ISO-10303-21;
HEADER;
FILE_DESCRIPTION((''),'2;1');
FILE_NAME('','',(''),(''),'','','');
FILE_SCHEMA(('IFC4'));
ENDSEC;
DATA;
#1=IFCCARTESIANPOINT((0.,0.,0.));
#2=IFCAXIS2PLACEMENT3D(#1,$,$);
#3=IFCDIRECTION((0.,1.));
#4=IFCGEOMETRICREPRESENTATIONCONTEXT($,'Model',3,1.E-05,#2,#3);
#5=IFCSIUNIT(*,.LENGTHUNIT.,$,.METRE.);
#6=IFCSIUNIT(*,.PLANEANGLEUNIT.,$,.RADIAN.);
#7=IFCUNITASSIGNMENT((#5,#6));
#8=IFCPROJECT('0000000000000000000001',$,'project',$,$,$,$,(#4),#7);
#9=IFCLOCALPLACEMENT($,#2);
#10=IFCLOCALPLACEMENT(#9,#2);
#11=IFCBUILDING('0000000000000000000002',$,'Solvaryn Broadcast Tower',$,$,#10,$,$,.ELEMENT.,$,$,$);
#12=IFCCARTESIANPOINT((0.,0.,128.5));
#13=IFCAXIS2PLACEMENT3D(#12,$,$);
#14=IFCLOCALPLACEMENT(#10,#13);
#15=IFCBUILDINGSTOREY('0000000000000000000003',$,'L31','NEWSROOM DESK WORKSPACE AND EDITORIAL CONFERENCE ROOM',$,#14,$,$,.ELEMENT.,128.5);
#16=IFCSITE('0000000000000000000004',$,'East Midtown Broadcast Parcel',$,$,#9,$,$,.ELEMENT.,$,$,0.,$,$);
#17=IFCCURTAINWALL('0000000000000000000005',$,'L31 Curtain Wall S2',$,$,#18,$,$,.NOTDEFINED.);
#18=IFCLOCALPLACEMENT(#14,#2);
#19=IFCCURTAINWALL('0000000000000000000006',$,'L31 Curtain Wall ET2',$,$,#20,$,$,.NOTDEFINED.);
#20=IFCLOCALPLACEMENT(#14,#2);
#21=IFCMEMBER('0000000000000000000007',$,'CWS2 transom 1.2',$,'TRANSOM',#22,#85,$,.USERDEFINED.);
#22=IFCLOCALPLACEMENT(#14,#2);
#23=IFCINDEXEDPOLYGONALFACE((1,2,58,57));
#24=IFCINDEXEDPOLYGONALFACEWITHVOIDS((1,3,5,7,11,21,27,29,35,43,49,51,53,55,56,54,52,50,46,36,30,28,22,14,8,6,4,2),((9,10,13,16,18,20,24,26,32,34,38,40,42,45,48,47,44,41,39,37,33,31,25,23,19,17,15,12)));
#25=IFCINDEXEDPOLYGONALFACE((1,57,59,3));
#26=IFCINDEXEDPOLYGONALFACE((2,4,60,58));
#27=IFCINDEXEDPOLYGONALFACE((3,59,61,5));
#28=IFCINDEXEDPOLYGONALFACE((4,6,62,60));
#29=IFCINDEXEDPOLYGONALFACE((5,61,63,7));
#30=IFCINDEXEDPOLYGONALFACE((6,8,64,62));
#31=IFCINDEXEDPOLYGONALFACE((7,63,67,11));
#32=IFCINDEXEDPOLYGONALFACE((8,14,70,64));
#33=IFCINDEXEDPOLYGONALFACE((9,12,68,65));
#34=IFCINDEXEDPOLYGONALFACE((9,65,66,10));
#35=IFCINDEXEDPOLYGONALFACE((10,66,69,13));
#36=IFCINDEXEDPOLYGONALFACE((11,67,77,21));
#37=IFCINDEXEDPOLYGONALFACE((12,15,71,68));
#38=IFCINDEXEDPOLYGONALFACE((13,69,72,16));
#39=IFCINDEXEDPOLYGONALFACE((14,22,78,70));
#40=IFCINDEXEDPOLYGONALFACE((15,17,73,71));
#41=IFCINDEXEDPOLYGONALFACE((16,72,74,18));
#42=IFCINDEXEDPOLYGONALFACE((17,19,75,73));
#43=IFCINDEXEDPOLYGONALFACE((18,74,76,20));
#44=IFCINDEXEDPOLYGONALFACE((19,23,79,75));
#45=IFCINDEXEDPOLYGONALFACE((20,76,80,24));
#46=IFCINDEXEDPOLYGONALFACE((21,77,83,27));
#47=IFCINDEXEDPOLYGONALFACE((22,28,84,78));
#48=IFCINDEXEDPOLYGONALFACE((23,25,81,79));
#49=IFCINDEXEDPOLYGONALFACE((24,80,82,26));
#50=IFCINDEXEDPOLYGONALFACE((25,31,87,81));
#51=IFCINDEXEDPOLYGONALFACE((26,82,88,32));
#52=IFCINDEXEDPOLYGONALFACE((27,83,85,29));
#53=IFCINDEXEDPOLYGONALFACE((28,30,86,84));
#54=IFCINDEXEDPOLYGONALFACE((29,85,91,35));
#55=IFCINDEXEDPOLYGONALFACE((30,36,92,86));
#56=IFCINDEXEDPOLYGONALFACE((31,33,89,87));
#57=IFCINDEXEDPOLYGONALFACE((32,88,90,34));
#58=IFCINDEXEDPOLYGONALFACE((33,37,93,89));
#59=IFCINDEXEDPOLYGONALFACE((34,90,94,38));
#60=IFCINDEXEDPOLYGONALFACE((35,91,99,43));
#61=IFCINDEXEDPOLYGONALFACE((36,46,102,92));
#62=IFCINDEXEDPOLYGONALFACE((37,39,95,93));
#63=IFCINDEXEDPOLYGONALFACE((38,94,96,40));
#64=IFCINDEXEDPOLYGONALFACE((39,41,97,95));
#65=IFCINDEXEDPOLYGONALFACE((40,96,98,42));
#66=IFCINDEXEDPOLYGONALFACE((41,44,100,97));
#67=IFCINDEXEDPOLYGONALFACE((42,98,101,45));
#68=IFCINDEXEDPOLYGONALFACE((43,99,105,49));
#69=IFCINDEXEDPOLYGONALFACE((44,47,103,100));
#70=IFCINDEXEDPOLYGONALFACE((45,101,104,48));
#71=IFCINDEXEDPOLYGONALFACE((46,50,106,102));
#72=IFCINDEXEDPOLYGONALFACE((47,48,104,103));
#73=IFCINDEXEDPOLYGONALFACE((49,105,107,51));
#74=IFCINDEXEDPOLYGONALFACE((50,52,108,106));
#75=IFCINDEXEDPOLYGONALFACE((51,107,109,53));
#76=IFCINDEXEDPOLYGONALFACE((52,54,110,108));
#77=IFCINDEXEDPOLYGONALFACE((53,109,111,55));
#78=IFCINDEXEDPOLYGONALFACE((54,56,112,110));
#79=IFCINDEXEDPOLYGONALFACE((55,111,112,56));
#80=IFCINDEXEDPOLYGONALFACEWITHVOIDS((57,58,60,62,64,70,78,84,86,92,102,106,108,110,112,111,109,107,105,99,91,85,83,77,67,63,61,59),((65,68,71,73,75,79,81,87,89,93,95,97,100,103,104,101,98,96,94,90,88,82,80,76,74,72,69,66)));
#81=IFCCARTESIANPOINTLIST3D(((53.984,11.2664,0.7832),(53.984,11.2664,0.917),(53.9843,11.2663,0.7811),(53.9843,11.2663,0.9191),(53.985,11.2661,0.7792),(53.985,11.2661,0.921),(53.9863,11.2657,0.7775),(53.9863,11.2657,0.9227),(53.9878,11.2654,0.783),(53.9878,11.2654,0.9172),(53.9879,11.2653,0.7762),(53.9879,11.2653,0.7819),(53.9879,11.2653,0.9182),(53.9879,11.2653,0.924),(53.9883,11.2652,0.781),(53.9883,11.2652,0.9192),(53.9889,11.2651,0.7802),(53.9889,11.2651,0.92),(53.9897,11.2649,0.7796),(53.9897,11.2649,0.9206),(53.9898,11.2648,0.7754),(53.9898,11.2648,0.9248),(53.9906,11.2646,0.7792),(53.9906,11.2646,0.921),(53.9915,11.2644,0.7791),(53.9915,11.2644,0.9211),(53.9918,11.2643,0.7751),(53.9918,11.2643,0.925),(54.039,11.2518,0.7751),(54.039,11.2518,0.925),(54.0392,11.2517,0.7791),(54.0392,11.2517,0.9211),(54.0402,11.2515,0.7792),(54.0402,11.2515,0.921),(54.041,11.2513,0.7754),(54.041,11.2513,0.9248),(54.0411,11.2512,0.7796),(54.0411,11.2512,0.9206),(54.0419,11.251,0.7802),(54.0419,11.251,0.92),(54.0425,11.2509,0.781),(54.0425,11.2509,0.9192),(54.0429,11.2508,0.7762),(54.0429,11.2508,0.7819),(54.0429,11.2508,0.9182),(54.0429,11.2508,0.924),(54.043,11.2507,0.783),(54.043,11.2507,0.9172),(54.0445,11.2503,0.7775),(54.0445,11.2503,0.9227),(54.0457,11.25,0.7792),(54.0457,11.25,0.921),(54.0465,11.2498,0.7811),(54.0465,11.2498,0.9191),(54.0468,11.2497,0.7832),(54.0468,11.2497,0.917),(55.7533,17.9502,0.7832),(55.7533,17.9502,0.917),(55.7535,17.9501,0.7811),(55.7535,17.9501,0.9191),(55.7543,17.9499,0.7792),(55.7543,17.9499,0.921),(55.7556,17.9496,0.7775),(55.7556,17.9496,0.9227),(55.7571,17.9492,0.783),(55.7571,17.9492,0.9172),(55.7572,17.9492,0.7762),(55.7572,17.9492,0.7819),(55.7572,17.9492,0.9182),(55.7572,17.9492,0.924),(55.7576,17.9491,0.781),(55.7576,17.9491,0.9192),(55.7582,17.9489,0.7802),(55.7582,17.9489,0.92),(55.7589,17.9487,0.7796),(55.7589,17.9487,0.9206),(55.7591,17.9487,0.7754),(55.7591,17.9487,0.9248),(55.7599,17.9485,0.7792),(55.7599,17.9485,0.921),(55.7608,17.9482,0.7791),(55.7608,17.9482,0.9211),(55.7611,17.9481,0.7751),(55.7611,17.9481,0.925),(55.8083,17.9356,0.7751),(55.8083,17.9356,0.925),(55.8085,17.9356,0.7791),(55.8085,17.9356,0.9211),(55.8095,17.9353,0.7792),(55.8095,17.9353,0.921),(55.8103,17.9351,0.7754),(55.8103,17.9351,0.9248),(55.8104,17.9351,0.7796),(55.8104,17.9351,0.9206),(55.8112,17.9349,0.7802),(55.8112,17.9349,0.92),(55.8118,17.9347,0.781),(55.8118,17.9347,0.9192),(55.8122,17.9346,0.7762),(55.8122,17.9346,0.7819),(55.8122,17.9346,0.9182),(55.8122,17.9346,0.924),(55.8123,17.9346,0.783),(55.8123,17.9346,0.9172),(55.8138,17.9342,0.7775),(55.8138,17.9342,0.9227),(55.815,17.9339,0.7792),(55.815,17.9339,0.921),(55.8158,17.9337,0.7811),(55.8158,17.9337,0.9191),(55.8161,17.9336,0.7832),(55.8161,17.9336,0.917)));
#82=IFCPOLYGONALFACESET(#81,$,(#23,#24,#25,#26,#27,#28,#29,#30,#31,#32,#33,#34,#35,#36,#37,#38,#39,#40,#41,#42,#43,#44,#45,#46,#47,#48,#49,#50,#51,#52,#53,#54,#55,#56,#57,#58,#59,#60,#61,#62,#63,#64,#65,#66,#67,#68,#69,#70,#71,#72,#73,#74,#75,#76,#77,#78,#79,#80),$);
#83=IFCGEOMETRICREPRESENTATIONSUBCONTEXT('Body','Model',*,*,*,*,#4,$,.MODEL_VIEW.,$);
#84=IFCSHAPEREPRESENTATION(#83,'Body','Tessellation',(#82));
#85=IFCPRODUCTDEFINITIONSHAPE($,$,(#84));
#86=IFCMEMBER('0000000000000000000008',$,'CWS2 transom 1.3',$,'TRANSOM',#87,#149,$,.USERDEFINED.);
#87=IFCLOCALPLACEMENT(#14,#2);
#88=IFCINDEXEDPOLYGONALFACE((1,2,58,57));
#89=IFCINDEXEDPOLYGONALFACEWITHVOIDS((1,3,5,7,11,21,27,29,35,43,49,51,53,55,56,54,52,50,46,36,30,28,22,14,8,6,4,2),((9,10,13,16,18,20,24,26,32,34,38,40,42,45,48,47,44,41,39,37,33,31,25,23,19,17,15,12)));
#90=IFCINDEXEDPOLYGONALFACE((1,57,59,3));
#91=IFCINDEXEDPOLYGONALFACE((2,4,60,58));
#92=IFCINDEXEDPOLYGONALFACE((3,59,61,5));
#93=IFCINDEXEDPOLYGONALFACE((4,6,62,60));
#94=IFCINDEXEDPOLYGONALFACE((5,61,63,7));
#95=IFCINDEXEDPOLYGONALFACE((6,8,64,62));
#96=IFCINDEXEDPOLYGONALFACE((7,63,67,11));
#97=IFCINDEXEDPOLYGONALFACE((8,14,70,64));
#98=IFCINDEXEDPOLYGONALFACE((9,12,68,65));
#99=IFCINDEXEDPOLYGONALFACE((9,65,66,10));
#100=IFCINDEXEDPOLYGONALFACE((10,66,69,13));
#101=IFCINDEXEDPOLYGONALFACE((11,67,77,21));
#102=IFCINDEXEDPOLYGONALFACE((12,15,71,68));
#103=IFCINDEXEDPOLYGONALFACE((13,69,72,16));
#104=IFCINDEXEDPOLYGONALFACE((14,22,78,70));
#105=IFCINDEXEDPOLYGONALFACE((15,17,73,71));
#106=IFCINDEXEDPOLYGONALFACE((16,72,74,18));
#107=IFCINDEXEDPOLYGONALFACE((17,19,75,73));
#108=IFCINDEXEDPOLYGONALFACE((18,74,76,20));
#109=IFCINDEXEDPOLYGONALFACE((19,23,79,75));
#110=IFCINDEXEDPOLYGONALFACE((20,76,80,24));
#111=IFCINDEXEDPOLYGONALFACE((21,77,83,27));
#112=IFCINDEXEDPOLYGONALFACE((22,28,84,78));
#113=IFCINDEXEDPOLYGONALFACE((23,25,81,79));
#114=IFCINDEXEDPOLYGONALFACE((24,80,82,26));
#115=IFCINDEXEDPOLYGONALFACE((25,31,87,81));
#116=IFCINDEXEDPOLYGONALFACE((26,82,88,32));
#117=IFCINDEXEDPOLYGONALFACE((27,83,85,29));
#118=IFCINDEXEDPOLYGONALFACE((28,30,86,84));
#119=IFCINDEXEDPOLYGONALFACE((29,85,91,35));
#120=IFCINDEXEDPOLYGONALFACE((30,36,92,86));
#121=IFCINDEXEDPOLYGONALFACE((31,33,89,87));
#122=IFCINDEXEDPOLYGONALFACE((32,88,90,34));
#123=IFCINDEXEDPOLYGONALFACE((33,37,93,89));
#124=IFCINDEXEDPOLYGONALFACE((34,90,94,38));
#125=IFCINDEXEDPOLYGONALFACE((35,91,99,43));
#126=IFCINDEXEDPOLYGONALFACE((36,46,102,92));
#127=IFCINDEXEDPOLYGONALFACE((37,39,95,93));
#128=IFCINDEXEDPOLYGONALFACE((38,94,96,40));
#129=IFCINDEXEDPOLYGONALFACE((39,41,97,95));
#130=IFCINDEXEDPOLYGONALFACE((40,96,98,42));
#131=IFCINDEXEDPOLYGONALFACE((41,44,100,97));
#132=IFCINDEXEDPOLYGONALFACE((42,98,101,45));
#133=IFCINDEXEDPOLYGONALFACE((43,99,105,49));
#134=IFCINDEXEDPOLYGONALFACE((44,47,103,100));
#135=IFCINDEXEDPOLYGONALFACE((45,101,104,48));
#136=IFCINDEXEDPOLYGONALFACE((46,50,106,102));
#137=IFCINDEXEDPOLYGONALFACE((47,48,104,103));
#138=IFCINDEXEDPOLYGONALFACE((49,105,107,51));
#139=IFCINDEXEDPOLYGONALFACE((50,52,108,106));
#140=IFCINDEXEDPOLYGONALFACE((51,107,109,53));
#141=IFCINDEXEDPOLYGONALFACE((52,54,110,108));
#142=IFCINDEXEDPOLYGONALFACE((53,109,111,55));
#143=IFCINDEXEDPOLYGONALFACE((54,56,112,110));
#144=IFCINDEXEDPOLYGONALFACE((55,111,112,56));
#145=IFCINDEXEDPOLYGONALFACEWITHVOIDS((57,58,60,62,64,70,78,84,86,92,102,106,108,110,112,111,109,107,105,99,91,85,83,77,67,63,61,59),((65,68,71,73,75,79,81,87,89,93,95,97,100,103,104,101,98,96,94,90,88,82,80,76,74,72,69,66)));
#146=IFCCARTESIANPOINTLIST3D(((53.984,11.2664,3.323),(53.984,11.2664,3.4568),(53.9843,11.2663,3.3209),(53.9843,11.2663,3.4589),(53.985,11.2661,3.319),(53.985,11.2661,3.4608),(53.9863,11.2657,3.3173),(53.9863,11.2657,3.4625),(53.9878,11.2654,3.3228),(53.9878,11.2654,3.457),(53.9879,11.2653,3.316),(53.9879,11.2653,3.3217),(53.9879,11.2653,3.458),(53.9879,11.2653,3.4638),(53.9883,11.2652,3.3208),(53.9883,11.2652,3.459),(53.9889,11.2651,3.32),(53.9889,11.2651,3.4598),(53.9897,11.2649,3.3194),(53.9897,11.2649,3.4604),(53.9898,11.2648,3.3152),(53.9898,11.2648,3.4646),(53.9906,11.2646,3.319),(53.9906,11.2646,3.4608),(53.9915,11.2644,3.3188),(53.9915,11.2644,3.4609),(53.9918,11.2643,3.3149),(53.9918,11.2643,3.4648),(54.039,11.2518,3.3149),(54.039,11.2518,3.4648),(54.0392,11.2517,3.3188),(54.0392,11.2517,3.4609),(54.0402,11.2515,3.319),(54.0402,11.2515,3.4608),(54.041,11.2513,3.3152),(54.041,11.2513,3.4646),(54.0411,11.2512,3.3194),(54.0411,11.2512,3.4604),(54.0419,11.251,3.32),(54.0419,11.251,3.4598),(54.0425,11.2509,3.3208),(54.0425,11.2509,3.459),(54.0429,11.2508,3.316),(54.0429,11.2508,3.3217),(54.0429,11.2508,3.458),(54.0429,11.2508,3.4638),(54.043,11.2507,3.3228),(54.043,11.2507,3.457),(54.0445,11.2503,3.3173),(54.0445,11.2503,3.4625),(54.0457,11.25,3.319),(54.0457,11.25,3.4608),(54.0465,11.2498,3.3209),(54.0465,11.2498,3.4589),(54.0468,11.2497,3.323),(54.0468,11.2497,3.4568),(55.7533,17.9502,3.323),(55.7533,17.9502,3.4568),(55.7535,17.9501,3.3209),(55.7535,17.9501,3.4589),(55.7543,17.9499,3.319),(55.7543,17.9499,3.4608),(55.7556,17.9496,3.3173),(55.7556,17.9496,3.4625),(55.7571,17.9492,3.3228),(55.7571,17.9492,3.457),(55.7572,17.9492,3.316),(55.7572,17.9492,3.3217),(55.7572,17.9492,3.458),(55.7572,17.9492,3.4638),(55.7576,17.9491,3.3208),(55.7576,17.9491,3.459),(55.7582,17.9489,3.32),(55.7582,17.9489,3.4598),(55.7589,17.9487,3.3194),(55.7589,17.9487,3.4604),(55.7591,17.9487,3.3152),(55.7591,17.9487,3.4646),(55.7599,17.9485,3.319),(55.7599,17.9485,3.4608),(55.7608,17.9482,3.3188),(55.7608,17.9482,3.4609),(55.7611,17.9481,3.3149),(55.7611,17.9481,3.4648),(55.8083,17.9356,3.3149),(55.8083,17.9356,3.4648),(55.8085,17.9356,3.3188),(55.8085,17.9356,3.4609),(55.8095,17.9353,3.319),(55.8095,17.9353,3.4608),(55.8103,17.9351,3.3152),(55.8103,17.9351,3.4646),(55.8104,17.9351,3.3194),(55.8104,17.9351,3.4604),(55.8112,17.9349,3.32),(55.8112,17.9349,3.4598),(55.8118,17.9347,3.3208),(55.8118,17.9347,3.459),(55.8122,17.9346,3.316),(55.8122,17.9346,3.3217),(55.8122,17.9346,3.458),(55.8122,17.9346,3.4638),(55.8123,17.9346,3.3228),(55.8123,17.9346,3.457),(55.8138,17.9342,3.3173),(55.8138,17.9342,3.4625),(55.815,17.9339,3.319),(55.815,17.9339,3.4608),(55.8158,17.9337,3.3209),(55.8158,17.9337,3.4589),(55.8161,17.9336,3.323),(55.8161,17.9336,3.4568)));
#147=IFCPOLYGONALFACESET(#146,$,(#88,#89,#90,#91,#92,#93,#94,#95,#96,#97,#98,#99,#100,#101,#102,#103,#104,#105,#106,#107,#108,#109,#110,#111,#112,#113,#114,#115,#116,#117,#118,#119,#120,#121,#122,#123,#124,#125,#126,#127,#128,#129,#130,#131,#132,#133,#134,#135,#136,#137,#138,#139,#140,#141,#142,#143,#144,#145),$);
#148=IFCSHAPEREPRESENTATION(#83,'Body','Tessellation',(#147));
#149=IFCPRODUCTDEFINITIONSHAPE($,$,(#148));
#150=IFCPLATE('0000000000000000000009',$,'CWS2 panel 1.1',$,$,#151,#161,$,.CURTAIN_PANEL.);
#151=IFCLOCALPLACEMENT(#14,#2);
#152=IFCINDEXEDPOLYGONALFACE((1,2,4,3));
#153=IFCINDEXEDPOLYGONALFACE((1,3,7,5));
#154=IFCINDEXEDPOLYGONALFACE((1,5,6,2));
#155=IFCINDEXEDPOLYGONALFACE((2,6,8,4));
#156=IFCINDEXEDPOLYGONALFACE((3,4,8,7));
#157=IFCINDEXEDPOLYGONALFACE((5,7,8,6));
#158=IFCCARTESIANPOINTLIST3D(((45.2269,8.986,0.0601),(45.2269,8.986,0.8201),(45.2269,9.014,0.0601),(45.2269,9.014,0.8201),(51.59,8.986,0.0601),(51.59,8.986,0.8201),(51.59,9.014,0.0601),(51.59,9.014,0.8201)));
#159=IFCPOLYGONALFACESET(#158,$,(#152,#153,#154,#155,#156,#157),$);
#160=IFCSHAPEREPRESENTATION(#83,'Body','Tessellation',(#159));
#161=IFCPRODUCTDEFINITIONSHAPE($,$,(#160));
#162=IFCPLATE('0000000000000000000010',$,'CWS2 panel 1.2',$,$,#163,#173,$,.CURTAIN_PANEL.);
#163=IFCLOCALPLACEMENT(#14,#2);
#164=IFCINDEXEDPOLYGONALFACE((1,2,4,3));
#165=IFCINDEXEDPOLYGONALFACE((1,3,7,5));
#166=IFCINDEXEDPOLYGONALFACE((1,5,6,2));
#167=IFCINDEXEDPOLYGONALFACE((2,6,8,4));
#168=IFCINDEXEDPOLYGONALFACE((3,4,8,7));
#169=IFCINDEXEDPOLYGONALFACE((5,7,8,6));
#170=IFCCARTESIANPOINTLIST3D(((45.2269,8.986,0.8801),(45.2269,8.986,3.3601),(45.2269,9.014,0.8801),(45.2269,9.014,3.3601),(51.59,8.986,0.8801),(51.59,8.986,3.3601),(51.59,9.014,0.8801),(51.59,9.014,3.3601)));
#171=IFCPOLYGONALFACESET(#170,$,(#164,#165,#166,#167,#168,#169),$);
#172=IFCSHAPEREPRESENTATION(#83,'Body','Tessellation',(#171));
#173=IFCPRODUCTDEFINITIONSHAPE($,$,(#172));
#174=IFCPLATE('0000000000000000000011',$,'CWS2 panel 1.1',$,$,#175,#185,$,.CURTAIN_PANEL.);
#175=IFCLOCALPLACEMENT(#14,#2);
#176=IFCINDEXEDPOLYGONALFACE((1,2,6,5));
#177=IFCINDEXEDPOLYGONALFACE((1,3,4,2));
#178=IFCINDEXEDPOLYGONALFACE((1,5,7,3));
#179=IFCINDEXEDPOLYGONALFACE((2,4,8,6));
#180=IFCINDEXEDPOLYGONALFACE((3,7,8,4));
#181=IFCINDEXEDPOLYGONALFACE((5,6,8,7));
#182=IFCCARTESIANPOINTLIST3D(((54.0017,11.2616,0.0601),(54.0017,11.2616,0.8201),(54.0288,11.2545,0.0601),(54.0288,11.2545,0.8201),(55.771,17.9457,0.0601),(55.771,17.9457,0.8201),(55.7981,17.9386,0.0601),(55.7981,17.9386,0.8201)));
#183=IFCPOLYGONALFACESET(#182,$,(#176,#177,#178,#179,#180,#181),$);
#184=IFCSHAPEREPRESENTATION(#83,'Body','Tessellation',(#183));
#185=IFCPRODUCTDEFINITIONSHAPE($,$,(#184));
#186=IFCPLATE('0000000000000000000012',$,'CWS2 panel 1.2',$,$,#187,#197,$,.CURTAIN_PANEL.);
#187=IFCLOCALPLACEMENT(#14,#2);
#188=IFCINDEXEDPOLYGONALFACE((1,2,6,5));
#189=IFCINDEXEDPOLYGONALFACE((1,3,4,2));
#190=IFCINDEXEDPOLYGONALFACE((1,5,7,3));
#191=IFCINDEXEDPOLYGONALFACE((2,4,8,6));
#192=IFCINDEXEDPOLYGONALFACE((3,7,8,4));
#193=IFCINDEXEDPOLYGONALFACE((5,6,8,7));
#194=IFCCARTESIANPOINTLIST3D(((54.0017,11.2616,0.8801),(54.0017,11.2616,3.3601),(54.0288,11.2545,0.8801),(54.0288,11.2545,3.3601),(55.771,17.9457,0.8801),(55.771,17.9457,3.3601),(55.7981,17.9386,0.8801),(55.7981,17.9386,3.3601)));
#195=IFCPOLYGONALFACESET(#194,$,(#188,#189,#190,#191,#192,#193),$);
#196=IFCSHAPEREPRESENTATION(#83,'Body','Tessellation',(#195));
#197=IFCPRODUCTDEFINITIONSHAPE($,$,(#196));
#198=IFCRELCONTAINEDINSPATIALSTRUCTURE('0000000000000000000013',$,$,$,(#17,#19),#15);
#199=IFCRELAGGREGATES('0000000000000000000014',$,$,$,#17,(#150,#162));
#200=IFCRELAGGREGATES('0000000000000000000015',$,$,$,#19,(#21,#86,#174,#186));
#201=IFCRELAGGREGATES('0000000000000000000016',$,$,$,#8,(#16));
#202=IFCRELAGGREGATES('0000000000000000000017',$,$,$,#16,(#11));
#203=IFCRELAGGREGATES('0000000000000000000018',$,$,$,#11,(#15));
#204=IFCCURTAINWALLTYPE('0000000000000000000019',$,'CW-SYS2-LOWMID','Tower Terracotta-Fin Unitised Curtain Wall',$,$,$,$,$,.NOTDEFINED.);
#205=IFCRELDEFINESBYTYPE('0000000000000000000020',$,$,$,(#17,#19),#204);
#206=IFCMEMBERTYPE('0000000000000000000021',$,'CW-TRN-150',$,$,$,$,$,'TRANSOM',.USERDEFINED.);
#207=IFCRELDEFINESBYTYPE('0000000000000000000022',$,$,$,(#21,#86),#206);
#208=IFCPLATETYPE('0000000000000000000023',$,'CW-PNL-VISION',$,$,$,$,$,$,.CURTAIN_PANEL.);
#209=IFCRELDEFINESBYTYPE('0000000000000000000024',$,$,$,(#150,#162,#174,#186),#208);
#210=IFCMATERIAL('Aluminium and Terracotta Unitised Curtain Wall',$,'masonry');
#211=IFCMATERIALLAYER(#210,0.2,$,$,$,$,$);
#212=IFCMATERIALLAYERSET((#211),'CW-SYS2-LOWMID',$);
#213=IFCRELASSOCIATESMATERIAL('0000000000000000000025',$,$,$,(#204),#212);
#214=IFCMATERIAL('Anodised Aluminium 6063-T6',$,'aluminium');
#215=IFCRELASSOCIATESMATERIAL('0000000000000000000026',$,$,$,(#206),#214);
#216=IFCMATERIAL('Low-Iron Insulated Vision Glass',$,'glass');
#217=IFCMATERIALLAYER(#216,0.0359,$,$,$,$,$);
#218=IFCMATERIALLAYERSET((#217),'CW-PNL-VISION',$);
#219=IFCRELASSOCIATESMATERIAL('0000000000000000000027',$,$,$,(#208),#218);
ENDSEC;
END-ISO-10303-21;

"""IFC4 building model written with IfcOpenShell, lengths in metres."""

from ifc_helpers import new_model, si_unit, direction, frame, origin, origin_2d, place, context, subcontext, project, spatial, rectangle, hollow_rectangle, extrude, material, layer, layer_set, material_profile, profile_set, type_object, element, aggregate, save


model = new_model("IFC4")

# Units and contexts
model_context = context("Model", 3, precision=1e-05, world=origin(), true_north=direction((0.0, 1.0)))
body_context = subcontext(model_context, "Body", "Model", "MODEL_VIEW")
ifc_project = project(units=[si_unit("LENGTHUNIT", "METRE"), si_unit("PLANEANGLEUNIT", "RADIAN")], contexts=[model_context])

# Site, building, storey
site_placement = place(None, origin())
site = spatial("IfcSite", under=ifc_project, at=site_placement, Name="East Midtown Broadcast Parcel", CompositionType="ELEMENT", RefElevation=0.0)
building_placement = place(site_placement, origin())
building = spatial("IfcBuilding", under=site, at=building_placement, Name="Solvaryn Broadcast Tower", CompositionType="ELEMENT")
storey_placement = place(building_placement, frame((0.0, 0.0, 128.5)))
storey = spatial("IfcBuildingStorey", under=building, at=storey_placement, Name="L31", Description="NEWSROOM DESK WORKSPACE AND EDITORIAL CONFERENCE ROOM", CompositionType="ELEMENT", Elevation=128.5)

# Curtain wall
ifc_material_1 = material(Name="Aluminium and Terracotta Unitised Curtain Wall", Category="masonry")
ifc_layer_1 = layer(ifc_material_1, 0.2)
ifc_layer_set_1 = layer_set([ifc_layer_1], Name="CW-SYS2-LOWMID")
curtain_wall_type = type_object("IfcCurtainWallType", Name="CW-SYS2-LOWMID", Description="Tower Terracotta-Fin Unitised Curtain Wall", PredefinedType="NOTDEFINED", material=ifc_layer_set_1)
curtain_wall_1_placement = place(storey_placement, origin())
curtain_wall_1 = element("IfcCurtainWall", 1, at=curtain_wall_1_placement, inside=storey, type_object=curtain_wall_type, Name="L31 Curtain Wall S2", PredefinedType="NOTDEFINED")

# Curtain wall
curtain_wall_2_placement = place(storey_placement, origin())
curtain_wall_2 = element("IfcCurtainWall", 2, at=curtain_wall_2_placement, inside=storey, type_object=curtain_wall_type, Name="L31 Curtain Wall ET2", PredefinedType="NOTDEFINED")

# Members
ifc_material_2 = material(Name="Anodised Aluminium 6063-T6", Category="aluminium")
ifc_material_profile_1 = material_profile(ifc_material_2, hollow_rectangle(XDim=0.0649, YDim=0.1499, WallThickness=0.0039, InnerFilletRadius=0.0039, OuterFilletRadius=0.0081, at=origin_2d()))
ifc_profile_set_1 = profile_set([ifc_material_profile_1], Name="Anodised Aluminium 6063-T6")
member_type_1 = type_object("IfcMemberType", Name="CW-TRN-150", ElementType="TRANSOM", PredefinedType="USERDEFINED", material=ifc_profile_set_1)
member_1_placement = place(storey_placement, frame((55.7847, 17.9419, 0.8501), z_axis=(-0.255897, -0.966704, 0.0), x_axis=(0.966704, -0.255897, 0.0)))
member_1 = element("IfcMember", 3, at=member_1_placement, type_object=member_type_1, Name="CWS2 transom 1.2", ObjectType="TRANSOM", PredefinedType="USERDEFINED", context=body_context, shape_type="SweptSolid", body=[
    extrude(hollow_rectangle(XDim=0.0649, YDim=0.1499, WallThickness=0.0039, InnerFilletRadius=0.0039, OuterFilletRadius=0.0081, at=origin_2d()), origin(), (0.0, 0.0, 1.0), 6.9141),
])
member_2_placement = place(storey_placement, frame((55.7847, 17.9419, 3.3899), z_axis=(-0.255897, -0.966704, 0.0), x_axis=(0.966704, -0.255897, 0.0)))
member_2 = element("IfcMember", 4, at=member_2_placement, type_object=member_type_1, Name="CWS2 transom 1.3", ObjectType="TRANSOM", PredefinedType="USERDEFINED", context=body_context, shape_type="SweptSolid", body=[
    extrude(hollow_rectangle(XDim=0.0649, YDim=0.1499, WallThickness=0.0039, InnerFilletRadius=0.0039, OuterFilletRadius=0.0081, at=origin_2d()), origin(), (0.0, 0.0, 1.0), 6.9141),
])

# Plates
ifc_material_3 = material(Name="Low-Iron Insulated Vision Glass", Category="glass")
ifc_layer_2 = layer(ifc_material_3, 0.0359)
ifc_layer_set_2 = layer_set([ifc_layer_2], Name="CW-PNL-VISION")
plate_type = type_object("IfcPlateType", Name="CW-PNL-VISION", PredefinedType="CURTAIN_PANEL", material=ifc_layer_set_2)
plate_1_placement = place(storey_placement, frame((48.4084, 9.0, 0.0601), z_axis=(0.0, 0.0, 1.0), x_axis=(1.0, 0.0, 0.0)))
plate_1 = element("IfcPlate", 5, at=plate_1_placement, type_object=plate_type, Name="CWS2 panel 1.1", PredefinedType="CURTAIN_PANEL", context=body_context, shape_type="SweptSolid", body=[
    extrude(rectangle(XDim=6.363, YDim=0.0281, at=origin_2d()), origin(), (0.0, 0.0, 1.0), 0.76),
])
plate_2_placement = place(storey_placement, frame((48.4084, 9.0, 0.8801), z_axis=(0.0, 0.0, 1.0), x_axis=(1.0, 0.0, 0.0)))
plate_2 = element("IfcPlate", 6, at=plate_2_placement, type_object=plate_type, Name="CWS2 panel 1.2", PredefinedType="CURTAIN_PANEL", context=body_context, shape_type="SweptSolid", body=[
    extrude(rectangle(XDim=6.363, YDim=0.0281, at=origin_2d()), origin(), (0.0, 0.0, 1.0), 2.48),
])
aggregate(curtain_wall_1, [plate_1, plate_2])
plate_3_placement = place(storey_placement, frame((54.8999, 14.6001, 0.0601), z_axis=(0.0, 0.0, 1.0), x_axis=(-0.255893, -0.966705, 0.0)))
plate_3 = element("IfcPlate", 7, at=plate_3_placement, type_object=plate_type, Name="CWS2 panel 1.1", PredefinedType="CURTAIN_PANEL", context=body_context, shape_type="SweptSolid", body=[
    extrude(rectangle(XDim=6.9143, YDim=0.0281, at=origin_2d()), origin(), (0.0, 0.0, 1.0), 0.76),
])
plate_4_placement = place(storey_placement, frame((54.8999, 14.6001, 0.8801), z_axis=(0.0, 0.0, 1.0), x_axis=(-0.255893, -0.966705, 0.0)))
plate_4 = element("IfcPlate", 8, at=plate_4_placement, type_object=plate_type, Name="CWS2 panel 1.2", PredefinedType="CURTAIN_PANEL", context=body_context, shape_type="SweptSolid", body=[
    extrude(rectangle(XDim=6.9143, YDim=0.0281, at=origin_2d()), origin(), (0.0, 0.0, 1.0), 2.48),
])
aggregate(curtain_wall_2, [member_1, member_2, plate_3, plate_4])

save(model, "model.ifc")
